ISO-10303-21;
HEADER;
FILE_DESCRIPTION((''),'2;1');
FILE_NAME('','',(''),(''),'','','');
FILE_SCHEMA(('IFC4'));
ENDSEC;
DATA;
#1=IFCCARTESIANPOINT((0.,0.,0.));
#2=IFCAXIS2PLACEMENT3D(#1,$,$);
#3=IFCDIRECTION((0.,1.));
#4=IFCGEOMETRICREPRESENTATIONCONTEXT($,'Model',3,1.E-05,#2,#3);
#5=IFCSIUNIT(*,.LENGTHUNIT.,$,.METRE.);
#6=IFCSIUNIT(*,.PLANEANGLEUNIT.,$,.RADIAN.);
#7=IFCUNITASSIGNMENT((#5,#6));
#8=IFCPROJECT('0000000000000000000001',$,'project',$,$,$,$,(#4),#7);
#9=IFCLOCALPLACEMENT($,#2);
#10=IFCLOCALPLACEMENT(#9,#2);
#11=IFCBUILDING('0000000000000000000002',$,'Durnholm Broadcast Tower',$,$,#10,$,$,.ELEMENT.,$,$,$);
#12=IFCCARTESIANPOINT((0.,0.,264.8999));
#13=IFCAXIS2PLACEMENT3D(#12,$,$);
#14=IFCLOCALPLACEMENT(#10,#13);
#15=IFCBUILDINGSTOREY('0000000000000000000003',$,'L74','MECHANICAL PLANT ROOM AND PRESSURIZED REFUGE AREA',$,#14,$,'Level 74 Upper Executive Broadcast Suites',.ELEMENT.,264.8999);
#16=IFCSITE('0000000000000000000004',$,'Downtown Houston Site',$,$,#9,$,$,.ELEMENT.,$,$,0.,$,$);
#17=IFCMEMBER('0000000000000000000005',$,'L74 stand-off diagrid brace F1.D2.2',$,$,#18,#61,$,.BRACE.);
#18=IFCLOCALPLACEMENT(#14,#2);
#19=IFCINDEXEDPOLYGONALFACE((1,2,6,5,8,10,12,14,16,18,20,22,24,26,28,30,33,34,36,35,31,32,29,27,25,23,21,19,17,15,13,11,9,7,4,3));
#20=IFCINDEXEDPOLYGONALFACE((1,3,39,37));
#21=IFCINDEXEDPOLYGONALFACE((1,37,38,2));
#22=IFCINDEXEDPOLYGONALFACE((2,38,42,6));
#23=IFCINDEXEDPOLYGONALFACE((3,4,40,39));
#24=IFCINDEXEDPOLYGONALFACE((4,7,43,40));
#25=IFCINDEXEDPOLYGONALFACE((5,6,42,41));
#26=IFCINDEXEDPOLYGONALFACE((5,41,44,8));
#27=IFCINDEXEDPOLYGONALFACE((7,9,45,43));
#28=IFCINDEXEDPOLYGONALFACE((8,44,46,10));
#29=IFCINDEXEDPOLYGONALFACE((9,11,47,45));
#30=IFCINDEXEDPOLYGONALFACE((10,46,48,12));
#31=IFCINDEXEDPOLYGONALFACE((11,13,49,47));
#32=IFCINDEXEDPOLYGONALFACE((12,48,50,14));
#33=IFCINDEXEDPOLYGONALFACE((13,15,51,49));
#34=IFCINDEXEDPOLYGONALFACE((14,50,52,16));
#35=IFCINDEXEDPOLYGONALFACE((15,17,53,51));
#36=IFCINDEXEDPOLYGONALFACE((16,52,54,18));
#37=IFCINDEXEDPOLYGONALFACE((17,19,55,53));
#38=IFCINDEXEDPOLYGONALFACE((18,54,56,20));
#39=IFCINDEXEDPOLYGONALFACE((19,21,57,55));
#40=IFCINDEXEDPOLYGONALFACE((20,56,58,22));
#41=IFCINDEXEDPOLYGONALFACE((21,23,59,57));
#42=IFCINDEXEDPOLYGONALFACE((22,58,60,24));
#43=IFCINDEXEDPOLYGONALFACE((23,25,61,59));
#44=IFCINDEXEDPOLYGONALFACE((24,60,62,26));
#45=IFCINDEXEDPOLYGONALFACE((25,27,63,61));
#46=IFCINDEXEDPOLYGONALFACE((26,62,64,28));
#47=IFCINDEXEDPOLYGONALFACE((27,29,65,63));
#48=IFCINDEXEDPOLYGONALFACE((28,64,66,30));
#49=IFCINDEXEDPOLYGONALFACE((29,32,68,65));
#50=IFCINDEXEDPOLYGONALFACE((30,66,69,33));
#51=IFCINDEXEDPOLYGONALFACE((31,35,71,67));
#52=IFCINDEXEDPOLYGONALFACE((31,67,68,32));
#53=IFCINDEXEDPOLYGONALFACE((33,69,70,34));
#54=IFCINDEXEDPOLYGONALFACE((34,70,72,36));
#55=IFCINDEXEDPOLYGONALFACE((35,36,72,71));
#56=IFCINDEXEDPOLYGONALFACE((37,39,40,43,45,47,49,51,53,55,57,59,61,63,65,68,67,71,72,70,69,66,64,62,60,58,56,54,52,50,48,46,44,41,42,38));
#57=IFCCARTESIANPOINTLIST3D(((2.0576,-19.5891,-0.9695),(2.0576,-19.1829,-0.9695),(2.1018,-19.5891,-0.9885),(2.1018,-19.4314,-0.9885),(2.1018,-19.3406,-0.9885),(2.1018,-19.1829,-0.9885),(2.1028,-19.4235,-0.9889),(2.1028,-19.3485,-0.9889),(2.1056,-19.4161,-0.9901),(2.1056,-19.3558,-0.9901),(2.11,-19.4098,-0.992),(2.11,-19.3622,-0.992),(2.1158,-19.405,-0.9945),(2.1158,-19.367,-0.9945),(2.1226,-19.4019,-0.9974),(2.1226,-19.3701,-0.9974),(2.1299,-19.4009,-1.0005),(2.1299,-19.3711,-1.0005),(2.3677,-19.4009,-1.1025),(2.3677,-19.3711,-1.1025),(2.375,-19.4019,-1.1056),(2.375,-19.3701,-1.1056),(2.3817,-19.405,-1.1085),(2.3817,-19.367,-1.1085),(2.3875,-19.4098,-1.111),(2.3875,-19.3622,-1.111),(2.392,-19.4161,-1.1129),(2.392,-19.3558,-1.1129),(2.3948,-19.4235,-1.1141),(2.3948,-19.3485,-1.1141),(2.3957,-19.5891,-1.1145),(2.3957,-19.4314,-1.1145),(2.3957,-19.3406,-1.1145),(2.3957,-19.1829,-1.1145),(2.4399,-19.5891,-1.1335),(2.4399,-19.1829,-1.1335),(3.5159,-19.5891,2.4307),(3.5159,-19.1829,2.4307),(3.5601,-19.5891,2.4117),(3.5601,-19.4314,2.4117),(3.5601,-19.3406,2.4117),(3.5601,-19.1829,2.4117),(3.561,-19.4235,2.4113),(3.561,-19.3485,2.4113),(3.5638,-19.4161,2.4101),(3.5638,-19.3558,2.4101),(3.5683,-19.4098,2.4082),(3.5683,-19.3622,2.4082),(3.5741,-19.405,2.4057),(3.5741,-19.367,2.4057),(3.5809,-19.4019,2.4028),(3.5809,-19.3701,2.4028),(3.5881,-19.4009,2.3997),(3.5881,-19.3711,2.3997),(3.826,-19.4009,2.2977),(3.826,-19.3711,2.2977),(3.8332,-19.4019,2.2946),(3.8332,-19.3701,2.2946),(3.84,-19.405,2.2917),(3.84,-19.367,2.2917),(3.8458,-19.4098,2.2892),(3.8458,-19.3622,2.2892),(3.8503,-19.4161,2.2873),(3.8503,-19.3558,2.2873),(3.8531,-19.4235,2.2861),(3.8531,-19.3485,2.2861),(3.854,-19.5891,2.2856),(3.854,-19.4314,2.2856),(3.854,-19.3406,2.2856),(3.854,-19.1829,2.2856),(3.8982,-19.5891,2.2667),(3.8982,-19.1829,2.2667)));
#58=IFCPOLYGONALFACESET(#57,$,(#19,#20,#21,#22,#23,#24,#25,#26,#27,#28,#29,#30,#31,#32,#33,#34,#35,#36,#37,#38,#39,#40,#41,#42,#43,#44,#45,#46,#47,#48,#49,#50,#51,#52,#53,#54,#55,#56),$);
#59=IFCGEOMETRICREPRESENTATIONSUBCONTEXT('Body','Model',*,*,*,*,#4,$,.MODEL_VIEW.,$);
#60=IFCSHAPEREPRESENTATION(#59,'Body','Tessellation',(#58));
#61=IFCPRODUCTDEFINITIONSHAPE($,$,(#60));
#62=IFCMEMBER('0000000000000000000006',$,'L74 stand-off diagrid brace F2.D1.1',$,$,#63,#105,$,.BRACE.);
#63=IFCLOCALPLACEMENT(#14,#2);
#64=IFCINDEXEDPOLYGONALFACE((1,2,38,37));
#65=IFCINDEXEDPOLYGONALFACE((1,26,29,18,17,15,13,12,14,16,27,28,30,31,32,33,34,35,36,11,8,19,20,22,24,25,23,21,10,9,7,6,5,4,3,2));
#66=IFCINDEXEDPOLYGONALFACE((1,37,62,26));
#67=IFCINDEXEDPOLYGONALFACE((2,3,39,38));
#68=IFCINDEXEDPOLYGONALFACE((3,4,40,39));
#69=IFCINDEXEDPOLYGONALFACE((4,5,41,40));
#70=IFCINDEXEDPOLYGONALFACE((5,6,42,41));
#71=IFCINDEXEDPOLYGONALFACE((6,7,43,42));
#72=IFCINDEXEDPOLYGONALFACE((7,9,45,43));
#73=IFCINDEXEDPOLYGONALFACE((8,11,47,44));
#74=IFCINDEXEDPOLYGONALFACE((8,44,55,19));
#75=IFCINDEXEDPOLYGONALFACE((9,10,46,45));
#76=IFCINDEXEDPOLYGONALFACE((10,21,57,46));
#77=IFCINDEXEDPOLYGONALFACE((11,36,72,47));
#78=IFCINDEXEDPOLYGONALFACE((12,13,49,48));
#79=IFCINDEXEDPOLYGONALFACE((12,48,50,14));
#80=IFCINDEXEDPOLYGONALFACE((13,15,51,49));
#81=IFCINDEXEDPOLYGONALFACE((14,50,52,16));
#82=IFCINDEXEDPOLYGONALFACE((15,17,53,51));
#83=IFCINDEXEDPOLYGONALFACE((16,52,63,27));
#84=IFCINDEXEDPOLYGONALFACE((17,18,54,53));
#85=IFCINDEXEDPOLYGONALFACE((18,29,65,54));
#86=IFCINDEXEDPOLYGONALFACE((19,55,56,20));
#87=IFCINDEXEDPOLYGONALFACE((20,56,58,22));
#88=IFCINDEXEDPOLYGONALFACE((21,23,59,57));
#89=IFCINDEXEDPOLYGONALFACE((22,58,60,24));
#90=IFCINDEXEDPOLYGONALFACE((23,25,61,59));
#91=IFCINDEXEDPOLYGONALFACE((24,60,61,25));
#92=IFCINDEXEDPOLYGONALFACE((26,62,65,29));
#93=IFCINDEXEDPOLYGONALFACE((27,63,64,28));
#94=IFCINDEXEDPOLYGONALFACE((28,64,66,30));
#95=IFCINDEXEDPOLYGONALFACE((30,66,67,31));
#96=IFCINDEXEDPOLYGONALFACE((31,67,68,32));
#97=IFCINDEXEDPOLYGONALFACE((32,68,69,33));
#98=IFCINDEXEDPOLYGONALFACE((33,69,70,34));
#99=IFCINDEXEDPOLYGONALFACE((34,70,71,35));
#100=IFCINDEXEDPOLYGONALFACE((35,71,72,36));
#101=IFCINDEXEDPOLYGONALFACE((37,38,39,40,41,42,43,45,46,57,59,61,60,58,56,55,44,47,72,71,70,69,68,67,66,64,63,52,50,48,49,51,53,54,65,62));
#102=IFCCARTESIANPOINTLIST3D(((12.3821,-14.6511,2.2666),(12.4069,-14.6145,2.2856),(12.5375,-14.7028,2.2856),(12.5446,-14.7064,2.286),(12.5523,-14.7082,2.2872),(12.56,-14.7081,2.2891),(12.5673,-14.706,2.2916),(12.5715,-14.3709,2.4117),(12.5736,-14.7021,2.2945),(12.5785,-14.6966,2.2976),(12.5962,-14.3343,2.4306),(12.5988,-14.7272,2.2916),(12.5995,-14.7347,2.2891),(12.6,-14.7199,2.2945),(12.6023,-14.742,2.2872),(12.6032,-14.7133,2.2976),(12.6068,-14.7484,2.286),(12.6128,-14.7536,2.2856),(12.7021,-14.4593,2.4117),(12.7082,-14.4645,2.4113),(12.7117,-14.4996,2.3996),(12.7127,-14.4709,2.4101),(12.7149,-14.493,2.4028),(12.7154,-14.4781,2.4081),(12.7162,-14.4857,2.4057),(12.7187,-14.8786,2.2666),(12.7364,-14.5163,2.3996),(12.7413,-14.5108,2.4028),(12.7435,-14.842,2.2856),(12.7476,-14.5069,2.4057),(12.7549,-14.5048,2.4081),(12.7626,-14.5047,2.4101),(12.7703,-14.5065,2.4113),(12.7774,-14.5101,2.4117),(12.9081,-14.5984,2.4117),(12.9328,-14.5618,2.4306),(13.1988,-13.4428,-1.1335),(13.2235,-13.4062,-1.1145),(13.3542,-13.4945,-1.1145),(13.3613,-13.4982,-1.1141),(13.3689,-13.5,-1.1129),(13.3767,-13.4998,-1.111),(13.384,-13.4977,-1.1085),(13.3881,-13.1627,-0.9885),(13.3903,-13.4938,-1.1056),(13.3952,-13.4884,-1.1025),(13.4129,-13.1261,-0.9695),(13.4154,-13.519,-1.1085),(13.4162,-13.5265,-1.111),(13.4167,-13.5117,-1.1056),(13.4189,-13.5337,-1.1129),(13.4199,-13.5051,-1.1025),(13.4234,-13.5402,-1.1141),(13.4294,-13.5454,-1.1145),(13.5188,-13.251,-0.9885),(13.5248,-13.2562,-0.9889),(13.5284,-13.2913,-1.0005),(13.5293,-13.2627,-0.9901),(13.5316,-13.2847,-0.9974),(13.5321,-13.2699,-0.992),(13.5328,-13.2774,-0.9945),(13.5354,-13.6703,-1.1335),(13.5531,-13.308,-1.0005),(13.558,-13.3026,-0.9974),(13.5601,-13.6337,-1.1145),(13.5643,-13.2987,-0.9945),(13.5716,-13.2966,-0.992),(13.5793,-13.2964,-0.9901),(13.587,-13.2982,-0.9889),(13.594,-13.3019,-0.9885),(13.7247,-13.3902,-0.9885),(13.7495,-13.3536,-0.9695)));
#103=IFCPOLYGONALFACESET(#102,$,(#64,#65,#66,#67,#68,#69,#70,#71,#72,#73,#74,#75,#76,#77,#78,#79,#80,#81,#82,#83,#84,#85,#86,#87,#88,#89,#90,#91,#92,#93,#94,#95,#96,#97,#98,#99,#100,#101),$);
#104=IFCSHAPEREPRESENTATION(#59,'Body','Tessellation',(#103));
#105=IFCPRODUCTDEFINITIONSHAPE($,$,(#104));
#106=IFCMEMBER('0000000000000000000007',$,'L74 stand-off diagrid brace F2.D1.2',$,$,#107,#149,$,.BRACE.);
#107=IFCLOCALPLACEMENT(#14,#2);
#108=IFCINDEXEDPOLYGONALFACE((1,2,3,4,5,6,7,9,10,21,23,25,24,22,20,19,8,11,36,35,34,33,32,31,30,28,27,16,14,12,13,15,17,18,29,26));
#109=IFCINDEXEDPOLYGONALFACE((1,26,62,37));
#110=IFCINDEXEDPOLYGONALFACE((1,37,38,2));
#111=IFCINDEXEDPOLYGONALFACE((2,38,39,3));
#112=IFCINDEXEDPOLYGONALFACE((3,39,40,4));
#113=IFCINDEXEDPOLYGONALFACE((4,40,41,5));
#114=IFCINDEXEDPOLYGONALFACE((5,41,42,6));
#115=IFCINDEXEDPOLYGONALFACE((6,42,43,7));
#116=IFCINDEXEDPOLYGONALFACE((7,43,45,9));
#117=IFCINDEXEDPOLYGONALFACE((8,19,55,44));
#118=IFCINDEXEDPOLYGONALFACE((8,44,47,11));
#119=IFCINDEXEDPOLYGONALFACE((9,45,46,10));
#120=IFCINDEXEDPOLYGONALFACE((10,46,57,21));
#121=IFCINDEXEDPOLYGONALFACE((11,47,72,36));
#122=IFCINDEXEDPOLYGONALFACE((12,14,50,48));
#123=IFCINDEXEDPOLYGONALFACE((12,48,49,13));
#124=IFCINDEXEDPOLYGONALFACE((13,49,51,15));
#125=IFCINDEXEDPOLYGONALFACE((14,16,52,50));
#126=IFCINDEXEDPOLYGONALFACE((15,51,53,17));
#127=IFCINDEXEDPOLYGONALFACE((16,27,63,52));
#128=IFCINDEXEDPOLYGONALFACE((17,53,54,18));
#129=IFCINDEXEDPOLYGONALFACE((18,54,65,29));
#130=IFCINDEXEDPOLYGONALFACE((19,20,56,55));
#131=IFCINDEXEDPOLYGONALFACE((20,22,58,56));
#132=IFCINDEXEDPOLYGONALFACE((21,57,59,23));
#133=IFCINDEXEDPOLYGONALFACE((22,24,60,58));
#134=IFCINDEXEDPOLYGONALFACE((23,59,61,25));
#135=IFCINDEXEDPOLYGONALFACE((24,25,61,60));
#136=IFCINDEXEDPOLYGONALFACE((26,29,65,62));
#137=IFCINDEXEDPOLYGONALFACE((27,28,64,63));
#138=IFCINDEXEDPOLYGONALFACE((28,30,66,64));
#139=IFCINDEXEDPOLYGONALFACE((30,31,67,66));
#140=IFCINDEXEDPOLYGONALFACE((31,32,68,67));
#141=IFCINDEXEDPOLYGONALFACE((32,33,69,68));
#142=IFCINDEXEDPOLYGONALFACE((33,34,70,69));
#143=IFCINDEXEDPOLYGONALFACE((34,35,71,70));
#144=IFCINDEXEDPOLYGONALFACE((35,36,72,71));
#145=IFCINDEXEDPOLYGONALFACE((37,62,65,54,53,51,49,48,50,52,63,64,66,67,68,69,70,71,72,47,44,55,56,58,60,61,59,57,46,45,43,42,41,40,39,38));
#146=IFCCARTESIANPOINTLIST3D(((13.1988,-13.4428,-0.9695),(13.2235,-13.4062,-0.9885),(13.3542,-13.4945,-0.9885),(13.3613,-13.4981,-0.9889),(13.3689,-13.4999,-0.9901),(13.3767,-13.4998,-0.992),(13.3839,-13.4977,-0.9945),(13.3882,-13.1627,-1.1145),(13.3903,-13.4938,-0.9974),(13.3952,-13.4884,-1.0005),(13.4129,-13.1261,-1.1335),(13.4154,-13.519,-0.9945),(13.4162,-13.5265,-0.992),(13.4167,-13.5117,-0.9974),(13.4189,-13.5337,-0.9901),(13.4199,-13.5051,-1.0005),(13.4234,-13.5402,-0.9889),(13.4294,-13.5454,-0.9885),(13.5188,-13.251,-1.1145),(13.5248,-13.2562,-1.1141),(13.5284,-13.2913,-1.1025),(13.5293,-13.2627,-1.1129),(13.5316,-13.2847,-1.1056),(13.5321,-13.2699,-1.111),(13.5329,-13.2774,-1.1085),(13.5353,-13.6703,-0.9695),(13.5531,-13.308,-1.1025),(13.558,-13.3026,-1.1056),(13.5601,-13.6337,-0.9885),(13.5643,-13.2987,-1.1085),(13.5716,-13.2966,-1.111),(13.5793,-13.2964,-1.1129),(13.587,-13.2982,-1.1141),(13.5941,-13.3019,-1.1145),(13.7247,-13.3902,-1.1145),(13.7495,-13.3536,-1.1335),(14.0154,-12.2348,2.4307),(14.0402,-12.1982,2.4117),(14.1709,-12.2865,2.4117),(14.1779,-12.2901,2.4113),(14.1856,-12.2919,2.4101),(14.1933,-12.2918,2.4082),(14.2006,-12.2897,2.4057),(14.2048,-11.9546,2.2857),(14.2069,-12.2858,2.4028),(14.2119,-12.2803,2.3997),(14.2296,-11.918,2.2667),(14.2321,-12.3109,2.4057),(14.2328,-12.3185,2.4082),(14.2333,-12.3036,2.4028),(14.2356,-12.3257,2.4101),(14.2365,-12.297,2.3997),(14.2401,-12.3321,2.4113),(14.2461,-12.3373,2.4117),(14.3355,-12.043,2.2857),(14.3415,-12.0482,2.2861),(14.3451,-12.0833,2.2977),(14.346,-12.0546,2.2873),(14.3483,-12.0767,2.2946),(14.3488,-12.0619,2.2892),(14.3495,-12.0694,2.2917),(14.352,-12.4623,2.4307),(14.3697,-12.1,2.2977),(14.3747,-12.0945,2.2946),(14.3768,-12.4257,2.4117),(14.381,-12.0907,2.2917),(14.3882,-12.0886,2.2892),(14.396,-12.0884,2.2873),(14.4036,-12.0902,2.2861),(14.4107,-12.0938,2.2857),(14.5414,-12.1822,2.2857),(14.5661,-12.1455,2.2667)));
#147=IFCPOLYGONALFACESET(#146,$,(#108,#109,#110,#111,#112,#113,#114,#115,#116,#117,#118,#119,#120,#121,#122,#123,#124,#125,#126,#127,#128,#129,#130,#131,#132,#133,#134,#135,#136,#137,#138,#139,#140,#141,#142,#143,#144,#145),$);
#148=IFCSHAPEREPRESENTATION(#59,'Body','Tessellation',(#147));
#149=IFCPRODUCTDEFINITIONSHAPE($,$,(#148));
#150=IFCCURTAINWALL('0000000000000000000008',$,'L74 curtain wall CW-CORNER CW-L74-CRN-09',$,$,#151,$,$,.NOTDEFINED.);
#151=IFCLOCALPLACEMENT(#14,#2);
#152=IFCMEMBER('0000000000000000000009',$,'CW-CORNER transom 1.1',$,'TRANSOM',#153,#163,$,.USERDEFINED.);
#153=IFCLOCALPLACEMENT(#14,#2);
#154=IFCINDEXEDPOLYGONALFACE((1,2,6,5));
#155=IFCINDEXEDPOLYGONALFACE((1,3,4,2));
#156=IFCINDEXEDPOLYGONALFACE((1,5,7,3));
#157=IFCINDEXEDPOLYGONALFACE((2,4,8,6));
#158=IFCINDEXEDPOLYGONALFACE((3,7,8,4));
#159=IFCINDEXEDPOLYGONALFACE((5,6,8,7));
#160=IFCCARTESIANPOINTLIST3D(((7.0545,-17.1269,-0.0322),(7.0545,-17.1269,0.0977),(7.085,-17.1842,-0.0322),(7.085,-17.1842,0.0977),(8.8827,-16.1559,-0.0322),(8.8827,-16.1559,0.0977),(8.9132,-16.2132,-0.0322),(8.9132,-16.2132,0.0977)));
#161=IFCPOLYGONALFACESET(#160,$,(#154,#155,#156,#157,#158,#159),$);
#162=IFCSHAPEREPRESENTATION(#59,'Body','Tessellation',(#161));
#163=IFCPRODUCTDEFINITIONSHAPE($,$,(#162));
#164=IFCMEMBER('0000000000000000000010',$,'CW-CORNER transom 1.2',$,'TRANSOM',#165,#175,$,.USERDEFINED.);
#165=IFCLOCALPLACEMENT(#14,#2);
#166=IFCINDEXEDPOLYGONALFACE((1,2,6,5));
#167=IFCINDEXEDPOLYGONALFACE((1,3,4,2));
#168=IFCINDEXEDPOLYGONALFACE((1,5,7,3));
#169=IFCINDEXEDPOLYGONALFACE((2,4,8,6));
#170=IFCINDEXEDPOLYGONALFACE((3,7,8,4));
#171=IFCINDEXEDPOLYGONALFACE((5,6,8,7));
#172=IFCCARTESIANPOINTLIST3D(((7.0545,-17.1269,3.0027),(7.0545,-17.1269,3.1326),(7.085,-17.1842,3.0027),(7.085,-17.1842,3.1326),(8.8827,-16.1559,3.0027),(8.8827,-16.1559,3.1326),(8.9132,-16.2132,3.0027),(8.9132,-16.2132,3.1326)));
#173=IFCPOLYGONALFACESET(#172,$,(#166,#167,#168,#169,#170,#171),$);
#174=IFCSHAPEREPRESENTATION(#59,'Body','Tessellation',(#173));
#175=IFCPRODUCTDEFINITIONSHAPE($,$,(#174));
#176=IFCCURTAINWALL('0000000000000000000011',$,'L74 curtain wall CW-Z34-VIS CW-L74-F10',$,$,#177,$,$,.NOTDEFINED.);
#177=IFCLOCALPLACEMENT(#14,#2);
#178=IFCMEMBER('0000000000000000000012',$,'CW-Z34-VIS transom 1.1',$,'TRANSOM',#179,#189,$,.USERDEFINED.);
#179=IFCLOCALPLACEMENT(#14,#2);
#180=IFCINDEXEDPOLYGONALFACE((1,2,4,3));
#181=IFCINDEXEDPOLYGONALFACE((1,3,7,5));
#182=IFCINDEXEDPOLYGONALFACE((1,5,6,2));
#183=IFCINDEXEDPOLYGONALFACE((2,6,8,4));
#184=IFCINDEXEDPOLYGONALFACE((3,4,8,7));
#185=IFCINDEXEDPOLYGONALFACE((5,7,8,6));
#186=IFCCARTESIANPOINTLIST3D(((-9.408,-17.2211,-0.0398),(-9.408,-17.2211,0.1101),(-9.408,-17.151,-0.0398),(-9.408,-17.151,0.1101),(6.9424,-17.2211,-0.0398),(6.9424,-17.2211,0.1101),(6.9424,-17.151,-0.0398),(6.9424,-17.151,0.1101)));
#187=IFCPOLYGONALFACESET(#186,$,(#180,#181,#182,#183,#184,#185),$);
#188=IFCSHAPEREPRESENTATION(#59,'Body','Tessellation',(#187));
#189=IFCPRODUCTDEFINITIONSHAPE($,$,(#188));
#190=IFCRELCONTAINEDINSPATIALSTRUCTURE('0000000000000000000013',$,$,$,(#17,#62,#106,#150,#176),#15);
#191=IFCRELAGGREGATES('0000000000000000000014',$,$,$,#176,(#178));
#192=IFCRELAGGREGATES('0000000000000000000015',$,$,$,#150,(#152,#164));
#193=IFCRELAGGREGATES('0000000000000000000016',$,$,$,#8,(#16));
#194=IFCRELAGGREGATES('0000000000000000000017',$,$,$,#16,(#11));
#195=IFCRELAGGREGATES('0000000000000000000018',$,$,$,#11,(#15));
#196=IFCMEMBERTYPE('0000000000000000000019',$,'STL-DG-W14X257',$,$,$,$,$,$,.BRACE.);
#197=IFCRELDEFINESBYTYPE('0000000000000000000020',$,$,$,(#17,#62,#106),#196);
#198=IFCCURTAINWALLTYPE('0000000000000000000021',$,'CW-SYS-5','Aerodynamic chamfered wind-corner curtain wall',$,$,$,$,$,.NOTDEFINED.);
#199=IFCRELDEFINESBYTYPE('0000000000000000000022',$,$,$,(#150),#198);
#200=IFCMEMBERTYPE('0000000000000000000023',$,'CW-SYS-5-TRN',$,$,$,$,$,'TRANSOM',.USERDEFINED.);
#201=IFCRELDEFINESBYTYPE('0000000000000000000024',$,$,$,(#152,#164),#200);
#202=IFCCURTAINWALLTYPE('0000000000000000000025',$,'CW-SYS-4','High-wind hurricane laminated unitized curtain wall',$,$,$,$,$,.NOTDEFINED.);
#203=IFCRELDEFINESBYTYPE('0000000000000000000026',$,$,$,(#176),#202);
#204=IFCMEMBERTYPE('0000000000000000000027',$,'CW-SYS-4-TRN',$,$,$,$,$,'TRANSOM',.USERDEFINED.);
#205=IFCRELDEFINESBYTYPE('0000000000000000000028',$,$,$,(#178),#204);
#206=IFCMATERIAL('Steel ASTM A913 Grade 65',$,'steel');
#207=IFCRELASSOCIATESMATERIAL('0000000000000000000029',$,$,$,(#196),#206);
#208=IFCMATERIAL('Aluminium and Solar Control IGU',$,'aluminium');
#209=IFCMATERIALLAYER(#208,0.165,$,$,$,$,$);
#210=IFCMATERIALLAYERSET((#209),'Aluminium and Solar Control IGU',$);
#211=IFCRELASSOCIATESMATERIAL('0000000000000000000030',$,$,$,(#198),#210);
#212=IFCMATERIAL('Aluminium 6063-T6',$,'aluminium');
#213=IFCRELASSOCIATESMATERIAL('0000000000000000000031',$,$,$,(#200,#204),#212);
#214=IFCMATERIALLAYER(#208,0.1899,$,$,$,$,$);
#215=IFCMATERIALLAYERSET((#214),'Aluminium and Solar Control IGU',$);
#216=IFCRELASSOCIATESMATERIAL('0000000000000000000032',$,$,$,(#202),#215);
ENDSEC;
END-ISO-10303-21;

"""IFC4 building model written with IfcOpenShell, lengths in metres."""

from ifc_helpers import new_model, si_unit, direction, frame, origin, origin_2d, place, context, subcontext, project, spatial, rectangle, i_section, extrude, source, transform, mapped, material, layer, layer_set, material_profile, profile_set, type_object, type_shapes, element, aggregate, save


model = new_model("IFC4")

# Units and contexts
model_context = context("Model", 3, precision=1e-05, world=origin(), true_north=direction((0.0, 1.0)))
body_context = subcontext(model_context, "Body", "Model", "MODEL_VIEW")
ifc_project = project(units=[si_unit("LENGTHUNIT", "METRE"), si_unit("PLANEANGLEUNIT", "RADIAN")], contexts=[model_context])

# Site, building, storey
site_placement = place(None, origin())
site = spatial("IfcSite", under=ifc_project, at=site_placement, Name="Downtown Houston Site", CompositionType="ELEMENT", RefElevation=0.0)
building_placement = place(site_placement, origin())
building = spatial("IfcBuilding", under=site, at=building_placement, Name="Durnholm Broadcast Tower", CompositionType="ELEMENT")
storey_placement = place(building_placement, frame((0.0, 0.0, 264.8999)))
storey = spatial("IfcBuildingStorey", under=building, at=storey_placement, Name="L74", Description="MECHANICAL PLANT ROOM AND PRESSURIZED REFUGE AREA", LongName="Level 74 Upper Executive Broadcast Suites", CompositionType="ELEMENT", Elevation=264.8999)

# Members
ifc_material_1 = material(Name="Steel ASTM A913 Grade 65", Category="steel")
ifc_material_profile_1 = material_profile(ifc_material_1, i_section(OverallWidth=0.4062, OverallDepth=0.416, WebThickness=0.0298, FlangeThickness=0.0481, FilletRadius=0.0305, at=origin_2d()), Name="W14X257")
ifc_profile_set_1 = profile_set([ifc_material_profile_1], Name="Steel ASTM A913 Grade 65")
member_type_1 = type_object("IfcMemberType", Name="STL-DG-W14X257", PredefinedType="BRACE", material=ifc_profile_set_1)
shared_shape_1 = source(origin(), body_context, "Body", "SweptSolid", [
    extrude(i_section(OverallWidth=0.4062, OverallDepth=0.416, WebThickness=0.0298, FlangeThickness=0.0481, FilletRadius=0.0305, at=origin_2d()), origin(), (0.0, 0.0, 1.0), 3.6997),
])
type_shapes(member_type_1, [shared_shape_1])
for number, where, z_axis, x_axis, name in (
    (1, (2.2488, -19.386, -1.0515), (0.394158, 0.0, 0.919043), (0.0, 1.0, 0.0), "L74 stand-off diagrid brace F1.D2.2"),
    (2, (13.4741, -13.3982, -1.0515), (-0.220734, -0.326581, 0.919033), (0.828505, -0.559982, 0.0), "L74 stand-off diagrid brace F2.D1.1"),
    (3, (13.4741, -13.3982, -1.0515), (0.220739, 0.326522, 0.919053), (-0.828452, 0.560059, 0.0), "L74 stand-off diagrid brace F2.D1.2"),
):
    element("IfcMember", number, at=place(storey_placement, frame(where, z_axis=z_axis, x_axis=x_axis)), inside=storey, type_object=member_type_1, Name=name, PredefinedType="BRACE", context=body_context, shape_type="MappedRepresentation", body=[
        mapped(shared_shape_1, transform((0.0, 0.0, 0.0), x_axis=(1.0, 0.0, 0.0), y_axis=(0.0, 1.0, 0.0), z_axis=(0.0, 0.0, 1.0), scale=1.0)),
    ])

# Curtain walls, members
ifc_material_2 = material(Name="Aluminium and Solar Control IGU", Category="aluminium")
ifc_layer_1 = layer(ifc_material_2, 0.165)
ifc_layer_set_1 = layer_set([ifc_layer_1], Name="Aluminium and Solar Control IGU")
curtain_wall_type_1 = type_object("IfcCurtainWallType", Name="CW-SYS-5", Description="Aerodynamic chamfered wind-corner curtain wall", PredefinedType="NOTDEFINED", material=ifc_layer_set_1)
curtain_wall_1_placement = place(storey_placement, origin())
curtain_wall_1 = element("IfcCurtainWall", 4, at=curtain_wall_1_placement, inside=storey, type_object=curtain_wall_type_1, Name="L74 curtain wall CW-CORNER CW-L74-CRN-09", PredefinedType="NOTDEFINED")
ifc_material_3 = material(Name="Aluminium 6063-T6", Category="aluminium")
ifc_material_profile_2 = material_profile(ifc_material_3, rectangle(XDim=0.0649, YDim=0.1299, at=origin_2d()), Name="CWT65X130")
ifc_profile_set_2 = profile_set([ifc_material_profile_2], Name="Aluminium 6063-T6")
member_type_2 = type_object("IfcMemberType", Name="CW-SYS-5-TRN", ElementType="TRANSOM", PredefinedType="USERDEFINED", material=ifc_profile_set_2)
shared_shape_2 = source(origin(), body_context, "Body", "SweptSolid", [
    extrude(rectangle(XDim=0.0649, YDim=0.1299, at=origin_2d()), origin(), (0.0, 0.0, 1.0), 2.0701),
])
type_shapes(member_type_2, [shared_shape_2])
member_1_placement = place(storey_placement, frame((8.8979, -16.1846, 0.0327), z_axis=(-0.883165, -0.469063, 0.0), x_axis=(0.469063, -0.883165, 0.0)))
member_1 = element("IfcMember", 5, at=member_1_placement, type_object=member_type_2, Name="CW-CORNER transom 1.1", ObjectType="TRANSOM", PredefinedType="USERDEFINED", context=body_context, shape_type="MappedRepresentation", body=[
    mapped(shared_shape_2, transform((0.0, 0.0, 0.0), x_axis=(1.0, 0.0, 0.0), y_axis=(0.0, 1.0, 0.0), z_axis=(0.0, 0.0, 1.0), scale=1.0)),
])
member_2_placement = place(storey_placement, frame((8.8979, -16.1846, 3.0676), z_axis=(-0.883165, -0.469063, 0.0), x_axis=(0.469063, -0.883165, 0.0)))
member_2 = element("IfcMember", 6, at=member_2_placement, type_object=member_type_2, Name="CW-CORNER transom 1.2", ObjectType="TRANSOM", PredefinedType="USERDEFINED", context=body_context, shape_type="MappedRepresentation", body=[
    mapped(shared_shape_2, transform((0.0, 0.0, 0.0), x_axis=(1.0, 0.0, 0.0), y_axis=(0.0, 1.0, 0.0), z_axis=(0.0, 0.0, 1.0), scale=1.0)),
])
ifc_layer_2 = layer(ifc_material_2, 0.1899)
ifc_layer_set_2 = layer_set([ifc_layer_2], Name="Aluminium and Solar Control IGU")
curtain_wall_type_2 = type_object("IfcCurtainWallType", Name="CW-SYS-4", Description="High-wind hurricane laminated unitized curtain wall", PredefinedType="NOTDEFINED", material=ifc_layer_set_2)
curtain_wall_2_placement = place(storey_placement, origin())
curtain_wall_2 = element("IfcCurtainWall", 7, at=curtain_wall_2_placement, inside=storey, type_object=curtain_wall_type_2, Name="L74 curtain wall CW-Z34-VIS CW-L74-F10", PredefinedType="NOTDEFINED")
ifc_material_profile_3 = material_profile(ifc_material_3, rectangle(XDim=0.0701, YDim=0.1499, at=origin_2d()), Name="CWT70X150")
ifc_profile_set_3 = profile_set([ifc_material_profile_3], Name="Aluminium 6063-T6")
member_type_3 = type_object("IfcMemberType", Name="CW-SYS-4-TRN", ElementType="TRANSOM", PredefinedType="USERDEFINED", material=ifc_profile_set_3)
shared_shape_3 = source(origin(), body_context, "Body", "SweptSolid", [
    extrude(rectangle(XDim=0.0701, YDim=0.1499, at=origin_2d()), origin(), (0.0, 0.0, 1.0), 16.3503),
])
type_shapes(member_type_3, [shared_shape_3])
member_3_placement = place(storey_placement, frame((6.9424, -17.186, 0.0352), z_axis=(-1.0, 0.0, 0.0), x_axis=(0.0, -1.0, 0.0)))
member_3 = element("IfcMember", 8, at=member_3_placement, type_object=member_type_3, Name="CW-Z34-VIS transom 1.1", ObjectType="TRANSOM", PredefinedType="USERDEFINED", context=body_context, shape_type="MappedRepresentation", body=[
    mapped(shared_shape_3, transform((0.0, 0.0, 0.0), x_axis=(1.0, 0.0, 0.0), y_axis=(0.0, 1.0, 0.0), z_axis=(0.0, 0.0, 1.0), scale=1.0)),
])

aggregate(curtain_wall_2, [member_3])

aggregate(curtain_wall_1, [member_1, member_2])

save(model, "model.ifc")
